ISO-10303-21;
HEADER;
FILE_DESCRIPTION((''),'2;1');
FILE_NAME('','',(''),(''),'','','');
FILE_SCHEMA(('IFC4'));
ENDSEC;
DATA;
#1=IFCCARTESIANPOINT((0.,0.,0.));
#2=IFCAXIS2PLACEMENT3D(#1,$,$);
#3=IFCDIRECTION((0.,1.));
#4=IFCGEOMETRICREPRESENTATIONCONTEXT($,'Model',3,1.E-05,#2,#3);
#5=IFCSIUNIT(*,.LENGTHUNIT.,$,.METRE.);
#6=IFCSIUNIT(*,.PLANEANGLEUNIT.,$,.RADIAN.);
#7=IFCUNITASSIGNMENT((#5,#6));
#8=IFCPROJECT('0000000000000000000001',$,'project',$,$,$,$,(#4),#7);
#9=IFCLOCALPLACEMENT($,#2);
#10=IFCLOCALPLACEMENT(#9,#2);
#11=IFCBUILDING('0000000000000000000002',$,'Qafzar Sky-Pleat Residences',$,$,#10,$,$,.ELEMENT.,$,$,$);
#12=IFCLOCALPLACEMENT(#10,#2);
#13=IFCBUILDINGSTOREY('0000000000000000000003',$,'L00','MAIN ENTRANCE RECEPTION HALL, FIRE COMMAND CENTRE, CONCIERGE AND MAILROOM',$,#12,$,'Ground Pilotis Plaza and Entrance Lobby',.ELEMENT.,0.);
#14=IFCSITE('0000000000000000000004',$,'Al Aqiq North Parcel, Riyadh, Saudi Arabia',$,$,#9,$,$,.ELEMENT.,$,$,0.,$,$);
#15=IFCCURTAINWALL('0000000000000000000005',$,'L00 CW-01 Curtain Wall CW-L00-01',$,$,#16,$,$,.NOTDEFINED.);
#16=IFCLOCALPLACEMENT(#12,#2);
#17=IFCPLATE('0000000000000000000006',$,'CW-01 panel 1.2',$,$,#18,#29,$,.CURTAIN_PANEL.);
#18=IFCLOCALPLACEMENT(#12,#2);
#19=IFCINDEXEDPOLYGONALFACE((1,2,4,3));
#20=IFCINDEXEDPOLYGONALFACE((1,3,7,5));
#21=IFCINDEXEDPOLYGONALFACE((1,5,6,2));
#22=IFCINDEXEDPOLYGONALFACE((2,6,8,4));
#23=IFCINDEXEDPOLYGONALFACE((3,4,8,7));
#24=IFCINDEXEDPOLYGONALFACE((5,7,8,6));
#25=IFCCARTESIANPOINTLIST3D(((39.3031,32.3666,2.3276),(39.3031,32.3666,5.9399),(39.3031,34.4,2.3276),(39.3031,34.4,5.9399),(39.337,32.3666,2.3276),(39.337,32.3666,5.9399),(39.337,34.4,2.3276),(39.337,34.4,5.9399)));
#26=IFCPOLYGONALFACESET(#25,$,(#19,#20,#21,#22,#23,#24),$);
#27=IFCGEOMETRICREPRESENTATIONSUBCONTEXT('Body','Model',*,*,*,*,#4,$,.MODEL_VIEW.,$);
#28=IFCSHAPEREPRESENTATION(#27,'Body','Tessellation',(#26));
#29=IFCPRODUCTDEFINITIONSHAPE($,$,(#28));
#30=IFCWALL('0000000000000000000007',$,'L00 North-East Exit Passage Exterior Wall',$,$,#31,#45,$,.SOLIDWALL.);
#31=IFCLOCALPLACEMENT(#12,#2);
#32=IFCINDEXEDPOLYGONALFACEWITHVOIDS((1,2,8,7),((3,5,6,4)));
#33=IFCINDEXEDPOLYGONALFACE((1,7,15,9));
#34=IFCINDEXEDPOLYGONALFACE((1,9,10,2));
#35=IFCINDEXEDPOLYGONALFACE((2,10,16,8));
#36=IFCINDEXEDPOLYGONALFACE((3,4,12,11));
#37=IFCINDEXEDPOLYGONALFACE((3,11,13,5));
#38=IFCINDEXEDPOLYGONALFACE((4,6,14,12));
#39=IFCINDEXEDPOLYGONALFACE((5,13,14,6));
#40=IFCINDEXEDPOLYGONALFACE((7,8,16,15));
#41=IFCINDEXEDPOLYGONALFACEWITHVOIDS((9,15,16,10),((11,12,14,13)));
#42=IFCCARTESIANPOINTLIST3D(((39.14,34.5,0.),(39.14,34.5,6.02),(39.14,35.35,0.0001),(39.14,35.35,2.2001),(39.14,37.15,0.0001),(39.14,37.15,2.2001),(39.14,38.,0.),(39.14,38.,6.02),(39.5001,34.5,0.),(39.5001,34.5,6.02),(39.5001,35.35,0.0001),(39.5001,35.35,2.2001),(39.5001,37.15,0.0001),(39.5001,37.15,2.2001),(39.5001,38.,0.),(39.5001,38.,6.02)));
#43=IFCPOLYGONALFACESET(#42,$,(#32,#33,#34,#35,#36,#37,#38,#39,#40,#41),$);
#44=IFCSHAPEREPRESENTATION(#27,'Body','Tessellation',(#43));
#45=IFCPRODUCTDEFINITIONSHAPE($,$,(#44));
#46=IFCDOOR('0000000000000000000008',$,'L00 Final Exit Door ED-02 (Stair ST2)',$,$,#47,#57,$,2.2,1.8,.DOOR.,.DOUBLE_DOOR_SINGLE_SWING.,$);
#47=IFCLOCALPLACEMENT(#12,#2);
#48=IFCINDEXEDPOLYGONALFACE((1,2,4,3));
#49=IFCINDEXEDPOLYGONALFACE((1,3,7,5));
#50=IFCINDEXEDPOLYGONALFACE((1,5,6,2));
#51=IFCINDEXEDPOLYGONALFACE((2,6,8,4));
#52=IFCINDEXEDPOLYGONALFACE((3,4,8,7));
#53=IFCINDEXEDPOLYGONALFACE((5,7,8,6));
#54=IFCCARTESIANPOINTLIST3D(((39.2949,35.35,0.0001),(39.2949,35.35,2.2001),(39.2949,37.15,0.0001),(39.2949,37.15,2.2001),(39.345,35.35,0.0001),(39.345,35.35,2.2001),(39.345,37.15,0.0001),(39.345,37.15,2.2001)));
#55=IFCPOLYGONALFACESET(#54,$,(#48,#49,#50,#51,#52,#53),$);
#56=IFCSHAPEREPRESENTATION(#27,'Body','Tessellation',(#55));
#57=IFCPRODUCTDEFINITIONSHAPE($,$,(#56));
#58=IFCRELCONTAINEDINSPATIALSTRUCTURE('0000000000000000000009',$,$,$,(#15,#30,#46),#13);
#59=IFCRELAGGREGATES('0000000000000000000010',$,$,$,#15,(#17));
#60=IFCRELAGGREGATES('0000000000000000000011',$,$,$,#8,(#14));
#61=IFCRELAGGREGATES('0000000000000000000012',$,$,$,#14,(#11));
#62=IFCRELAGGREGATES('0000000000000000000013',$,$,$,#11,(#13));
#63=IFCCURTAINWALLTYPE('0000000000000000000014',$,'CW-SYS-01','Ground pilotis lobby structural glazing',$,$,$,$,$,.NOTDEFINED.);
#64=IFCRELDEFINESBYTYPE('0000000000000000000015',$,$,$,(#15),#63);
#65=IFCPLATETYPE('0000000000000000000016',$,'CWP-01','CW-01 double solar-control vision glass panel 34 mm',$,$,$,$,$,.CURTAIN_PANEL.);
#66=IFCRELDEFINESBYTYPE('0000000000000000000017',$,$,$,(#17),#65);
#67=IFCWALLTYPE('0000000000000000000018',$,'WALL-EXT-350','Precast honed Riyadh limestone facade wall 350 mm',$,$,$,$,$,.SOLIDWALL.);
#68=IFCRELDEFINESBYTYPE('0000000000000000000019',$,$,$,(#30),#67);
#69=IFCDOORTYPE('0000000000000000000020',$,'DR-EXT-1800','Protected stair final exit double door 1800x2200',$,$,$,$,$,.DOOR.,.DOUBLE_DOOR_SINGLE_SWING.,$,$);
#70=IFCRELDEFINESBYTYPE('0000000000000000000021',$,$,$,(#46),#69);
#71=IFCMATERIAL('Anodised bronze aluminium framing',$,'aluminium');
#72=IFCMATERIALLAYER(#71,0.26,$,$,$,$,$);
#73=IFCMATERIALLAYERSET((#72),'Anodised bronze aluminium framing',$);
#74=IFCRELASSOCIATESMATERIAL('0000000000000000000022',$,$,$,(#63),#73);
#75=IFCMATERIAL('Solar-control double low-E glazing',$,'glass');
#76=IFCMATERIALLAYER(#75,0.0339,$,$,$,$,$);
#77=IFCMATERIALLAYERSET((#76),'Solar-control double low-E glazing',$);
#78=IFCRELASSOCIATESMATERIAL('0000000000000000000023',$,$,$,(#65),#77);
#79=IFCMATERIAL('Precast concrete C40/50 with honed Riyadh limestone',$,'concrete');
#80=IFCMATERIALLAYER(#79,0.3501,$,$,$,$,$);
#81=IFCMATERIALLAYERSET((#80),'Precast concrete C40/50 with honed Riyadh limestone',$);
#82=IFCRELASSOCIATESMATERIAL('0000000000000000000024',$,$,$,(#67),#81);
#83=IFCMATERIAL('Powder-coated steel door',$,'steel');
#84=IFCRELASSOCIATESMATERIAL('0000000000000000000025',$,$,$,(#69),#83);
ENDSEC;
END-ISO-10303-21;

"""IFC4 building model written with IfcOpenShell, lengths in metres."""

from ifc_helpers import new_model, si_unit, direction, frame, frame_2d, origin, origin_2d, place, context, subcontext, project, spatial, rectangle, extrude, source, transform, mapped, material, layer, layer_set, type_object, element, fill, aggregate, save


model = new_model("IFC4")

# Units and contexts
model_context = context("Model", 3, precision=1e-05, world=origin(), true_north=direction((0.0, 1.0)))
body_context = subcontext(model_context, "Body", "Model", "MODEL_VIEW")
ifc_project = project(units=[si_unit("LENGTHUNIT", "METRE"), si_unit("PLANEANGLEUNIT", "RADIAN")], contexts=[model_context])

# Site, building, storey
site_placement = place(None, origin())
site = spatial("IfcSite", under=ifc_project, at=site_placement, Name="Al Aqiq North Parcel, Riyadh, Saudi Arabia", CompositionType="ELEMENT", RefElevation=0.0)
building_placement = place(site_placement, origin())
building = spatial("IfcBuilding", under=site, at=building_placement, Name="Qafzar Sky-Pleat Residences", CompositionType="ELEMENT")
storey_placement = place(building_placement, origin())
storey = spatial("IfcBuildingStorey", under=building, at=storey_placement, Name="L00", Description="MAIN ENTRANCE RECEPTION HALL, FIRE COMMAND CENTRE, CONCIERGE AND MAILROOM", LongName="Ground Pilotis Plaza and Entrance Lobby", CompositionType="ELEMENT", Elevation=0.0)

# Curtain wall
ifc_material_1 = material(Name="Anodised bronze aluminium framing", Category="aluminium")
ifc_layer_1 = layer(ifc_material_1, 0.26)
ifc_layer_set_1 = layer_set([ifc_layer_1], Name="Anodised bronze aluminium framing")
curtain_wall_type = type_object("IfcCurtainWallType", Name="CW-SYS-01", Description="Ground pilotis lobby structural glazing", PredefinedType="NOTDEFINED", material=ifc_layer_set_1)
curtain_wall_placement = place(storey_placement, origin())
curtain_wall = element("IfcCurtainWall", 1, at=curtain_wall_placement, inside=storey, type_object=curtain_wall_type, Name="L00 CW-01 Curtain Wall CW-L00-01", PredefinedType="NOTDEFINED")

# Plate
ifc_material_2 = material(Name="Solar-control double low-E glazing", Category="glass")
ifc_layer_2 = layer(ifc_material_2, 0.0339)
ifc_layer_set_2 = layer_set([ifc_layer_2], Name="Solar-control double low-E glazing")
plate_type_1 = type_object("IfcPlateType", Name="CWP-01", Description="CW-01 double solar-control vision glass panel 34 mm", PredefinedType="CURTAIN_PANEL", material=ifc_layer_set_2)
shared_shape_1 = source(origin(), body_context, "Body", "SweptSolid", [
    extrude(rectangle(XDim=2.0334, YDim=0.0339, at=origin_2d()), origin(), (0.0, 0.0, 1.0), 3.6123),
])
plate_placement = place(storey_placement, frame((39.3201, 33.3833, 2.3276), z_axis=(0.0, 0.0, 1.0), x_axis=(0.0, -1.0, 0.0)))
plate = element("IfcPlate", 2, at=plate_placement, type_object=plate_type_1, Name="CW-01 panel 1.2", PredefinedType="CURTAIN_PANEL", context=body_context, shape_type="MappedRepresentation", body=[
    mapped(shared_shape_1, transform((0.0, 0.0, 0.0), x_axis=(1.0, 0.0, 0.0), y_axis=(0.0, 1.0, 0.0), z_axis=(0.0, 0.0, 1.0), scale=1.0)),
])
aggregate(curtain_wall, [plate])

# Wall, opening, door
ifc_material_3 = material(Name="Precast concrete C40/50 with honed Riyadh limestone", Category="concrete")
ifc_layer_3 = layer(ifc_material_3, 0.3501)
ifc_layer_set_3 = layer_set([ifc_layer_3], Name="Precast concrete C40/50 with honed Riyadh limestone")
wall_type = type_object("IfcWallType", Name="WALL-EXT-350", Description="Precast honed Riyadh limestone facade wall 350 mm", PredefinedType="SOLIDWALL", material=ifc_layer_set_3)
wall_placement = place(storey_placement, frame((39.3201, 38.0, 0.0), z_axis=(0.0, 0.0, 1.0), x_axis=(0.0, -1.0, 0.0)))
wall = element("IfcWall", 3, at=wall_placement, inside=storey, type_object=wall_type, Name="L00 North-East Exit Passage Exterior Wall", PredefinedType="SOLIDWALL", context=body_context, shape_type="SweptSolid", body=[
    extrude(rectangle(XDim=3.5, YDim=0.3601, at=frame_2d((1.75, 0.0))), origin(), (0.0, 0.0, 1.0), 6.02),
])
opening_placement = place(wall_placement, frame((0.8501, 0.0, 0.0)))
opening = element("IfcOpeningElement", 4, at=opening_placement, cuts=wall, PredefinedType="OPENING", context=body_context, shape_type="SweptSolid", body=[
    extrude(rectangle(XDim=1.8, YDim=2.2, at=frame_2d((0.8999, 1.1001))), frame((0.0, 0.1899, 0.0), z_axis=(0.0, -1.0, 0.0), x_axis=(1.0, 0.0, 0.0)), (0.0, 0.0, 1.0), 0.3801),
])
ifc_material_4 = material(Name="Powder-coated steel door", Category="steel")
door_type = type_object("IfcDoorType", Name="DR-EXT-1800", Description="Protected stair final exit double door 1800x2200", OperationType="DOUBLE_DOOR_SINGLE_SWING", PredefinedType="DOOR", material=ifc_material_4)
shared_shape_2 = source(origin(), body_context, "Body", "SweptSolid", [
    extrude(rectangle(XDim=1.8, YDim=2.2, at=frame_2d((0.8999, 1.1001))), frame((0.0, 0.0249, 0.0), z_axis=(0.0, -1.0, 0.0), x_axis=(1.0, 0.0, 0.0)), (0.0, 0.0, 1.0), 0.05),
])
door_placement = place(opening_placement, origin())
door = element("IfcDoor", 5, at=door_placement, inside=storey, type_object=door_type, Name="L00 Final Exit Door ED-02 (Stair ST2)", OperationType="DOUBLE_DOOR_SINGLE_SWING", OverallHeight=2.2, OverallWidth=1.8, PredefinedType="DOOR", context=body_context, shape_type="MappedRepresentation", body=[
    mapped(shared_shape_2, transform((0.0, 0.0, 0.0), x_axis=(1.0, 0.0, 0.0), y_axis=(0.0, 1.0, 0.0), z_axis=(0.0, 0.0, 1.0), scale=1.0)),
])
fill(opening, door)

save(model, "model.ifc")
